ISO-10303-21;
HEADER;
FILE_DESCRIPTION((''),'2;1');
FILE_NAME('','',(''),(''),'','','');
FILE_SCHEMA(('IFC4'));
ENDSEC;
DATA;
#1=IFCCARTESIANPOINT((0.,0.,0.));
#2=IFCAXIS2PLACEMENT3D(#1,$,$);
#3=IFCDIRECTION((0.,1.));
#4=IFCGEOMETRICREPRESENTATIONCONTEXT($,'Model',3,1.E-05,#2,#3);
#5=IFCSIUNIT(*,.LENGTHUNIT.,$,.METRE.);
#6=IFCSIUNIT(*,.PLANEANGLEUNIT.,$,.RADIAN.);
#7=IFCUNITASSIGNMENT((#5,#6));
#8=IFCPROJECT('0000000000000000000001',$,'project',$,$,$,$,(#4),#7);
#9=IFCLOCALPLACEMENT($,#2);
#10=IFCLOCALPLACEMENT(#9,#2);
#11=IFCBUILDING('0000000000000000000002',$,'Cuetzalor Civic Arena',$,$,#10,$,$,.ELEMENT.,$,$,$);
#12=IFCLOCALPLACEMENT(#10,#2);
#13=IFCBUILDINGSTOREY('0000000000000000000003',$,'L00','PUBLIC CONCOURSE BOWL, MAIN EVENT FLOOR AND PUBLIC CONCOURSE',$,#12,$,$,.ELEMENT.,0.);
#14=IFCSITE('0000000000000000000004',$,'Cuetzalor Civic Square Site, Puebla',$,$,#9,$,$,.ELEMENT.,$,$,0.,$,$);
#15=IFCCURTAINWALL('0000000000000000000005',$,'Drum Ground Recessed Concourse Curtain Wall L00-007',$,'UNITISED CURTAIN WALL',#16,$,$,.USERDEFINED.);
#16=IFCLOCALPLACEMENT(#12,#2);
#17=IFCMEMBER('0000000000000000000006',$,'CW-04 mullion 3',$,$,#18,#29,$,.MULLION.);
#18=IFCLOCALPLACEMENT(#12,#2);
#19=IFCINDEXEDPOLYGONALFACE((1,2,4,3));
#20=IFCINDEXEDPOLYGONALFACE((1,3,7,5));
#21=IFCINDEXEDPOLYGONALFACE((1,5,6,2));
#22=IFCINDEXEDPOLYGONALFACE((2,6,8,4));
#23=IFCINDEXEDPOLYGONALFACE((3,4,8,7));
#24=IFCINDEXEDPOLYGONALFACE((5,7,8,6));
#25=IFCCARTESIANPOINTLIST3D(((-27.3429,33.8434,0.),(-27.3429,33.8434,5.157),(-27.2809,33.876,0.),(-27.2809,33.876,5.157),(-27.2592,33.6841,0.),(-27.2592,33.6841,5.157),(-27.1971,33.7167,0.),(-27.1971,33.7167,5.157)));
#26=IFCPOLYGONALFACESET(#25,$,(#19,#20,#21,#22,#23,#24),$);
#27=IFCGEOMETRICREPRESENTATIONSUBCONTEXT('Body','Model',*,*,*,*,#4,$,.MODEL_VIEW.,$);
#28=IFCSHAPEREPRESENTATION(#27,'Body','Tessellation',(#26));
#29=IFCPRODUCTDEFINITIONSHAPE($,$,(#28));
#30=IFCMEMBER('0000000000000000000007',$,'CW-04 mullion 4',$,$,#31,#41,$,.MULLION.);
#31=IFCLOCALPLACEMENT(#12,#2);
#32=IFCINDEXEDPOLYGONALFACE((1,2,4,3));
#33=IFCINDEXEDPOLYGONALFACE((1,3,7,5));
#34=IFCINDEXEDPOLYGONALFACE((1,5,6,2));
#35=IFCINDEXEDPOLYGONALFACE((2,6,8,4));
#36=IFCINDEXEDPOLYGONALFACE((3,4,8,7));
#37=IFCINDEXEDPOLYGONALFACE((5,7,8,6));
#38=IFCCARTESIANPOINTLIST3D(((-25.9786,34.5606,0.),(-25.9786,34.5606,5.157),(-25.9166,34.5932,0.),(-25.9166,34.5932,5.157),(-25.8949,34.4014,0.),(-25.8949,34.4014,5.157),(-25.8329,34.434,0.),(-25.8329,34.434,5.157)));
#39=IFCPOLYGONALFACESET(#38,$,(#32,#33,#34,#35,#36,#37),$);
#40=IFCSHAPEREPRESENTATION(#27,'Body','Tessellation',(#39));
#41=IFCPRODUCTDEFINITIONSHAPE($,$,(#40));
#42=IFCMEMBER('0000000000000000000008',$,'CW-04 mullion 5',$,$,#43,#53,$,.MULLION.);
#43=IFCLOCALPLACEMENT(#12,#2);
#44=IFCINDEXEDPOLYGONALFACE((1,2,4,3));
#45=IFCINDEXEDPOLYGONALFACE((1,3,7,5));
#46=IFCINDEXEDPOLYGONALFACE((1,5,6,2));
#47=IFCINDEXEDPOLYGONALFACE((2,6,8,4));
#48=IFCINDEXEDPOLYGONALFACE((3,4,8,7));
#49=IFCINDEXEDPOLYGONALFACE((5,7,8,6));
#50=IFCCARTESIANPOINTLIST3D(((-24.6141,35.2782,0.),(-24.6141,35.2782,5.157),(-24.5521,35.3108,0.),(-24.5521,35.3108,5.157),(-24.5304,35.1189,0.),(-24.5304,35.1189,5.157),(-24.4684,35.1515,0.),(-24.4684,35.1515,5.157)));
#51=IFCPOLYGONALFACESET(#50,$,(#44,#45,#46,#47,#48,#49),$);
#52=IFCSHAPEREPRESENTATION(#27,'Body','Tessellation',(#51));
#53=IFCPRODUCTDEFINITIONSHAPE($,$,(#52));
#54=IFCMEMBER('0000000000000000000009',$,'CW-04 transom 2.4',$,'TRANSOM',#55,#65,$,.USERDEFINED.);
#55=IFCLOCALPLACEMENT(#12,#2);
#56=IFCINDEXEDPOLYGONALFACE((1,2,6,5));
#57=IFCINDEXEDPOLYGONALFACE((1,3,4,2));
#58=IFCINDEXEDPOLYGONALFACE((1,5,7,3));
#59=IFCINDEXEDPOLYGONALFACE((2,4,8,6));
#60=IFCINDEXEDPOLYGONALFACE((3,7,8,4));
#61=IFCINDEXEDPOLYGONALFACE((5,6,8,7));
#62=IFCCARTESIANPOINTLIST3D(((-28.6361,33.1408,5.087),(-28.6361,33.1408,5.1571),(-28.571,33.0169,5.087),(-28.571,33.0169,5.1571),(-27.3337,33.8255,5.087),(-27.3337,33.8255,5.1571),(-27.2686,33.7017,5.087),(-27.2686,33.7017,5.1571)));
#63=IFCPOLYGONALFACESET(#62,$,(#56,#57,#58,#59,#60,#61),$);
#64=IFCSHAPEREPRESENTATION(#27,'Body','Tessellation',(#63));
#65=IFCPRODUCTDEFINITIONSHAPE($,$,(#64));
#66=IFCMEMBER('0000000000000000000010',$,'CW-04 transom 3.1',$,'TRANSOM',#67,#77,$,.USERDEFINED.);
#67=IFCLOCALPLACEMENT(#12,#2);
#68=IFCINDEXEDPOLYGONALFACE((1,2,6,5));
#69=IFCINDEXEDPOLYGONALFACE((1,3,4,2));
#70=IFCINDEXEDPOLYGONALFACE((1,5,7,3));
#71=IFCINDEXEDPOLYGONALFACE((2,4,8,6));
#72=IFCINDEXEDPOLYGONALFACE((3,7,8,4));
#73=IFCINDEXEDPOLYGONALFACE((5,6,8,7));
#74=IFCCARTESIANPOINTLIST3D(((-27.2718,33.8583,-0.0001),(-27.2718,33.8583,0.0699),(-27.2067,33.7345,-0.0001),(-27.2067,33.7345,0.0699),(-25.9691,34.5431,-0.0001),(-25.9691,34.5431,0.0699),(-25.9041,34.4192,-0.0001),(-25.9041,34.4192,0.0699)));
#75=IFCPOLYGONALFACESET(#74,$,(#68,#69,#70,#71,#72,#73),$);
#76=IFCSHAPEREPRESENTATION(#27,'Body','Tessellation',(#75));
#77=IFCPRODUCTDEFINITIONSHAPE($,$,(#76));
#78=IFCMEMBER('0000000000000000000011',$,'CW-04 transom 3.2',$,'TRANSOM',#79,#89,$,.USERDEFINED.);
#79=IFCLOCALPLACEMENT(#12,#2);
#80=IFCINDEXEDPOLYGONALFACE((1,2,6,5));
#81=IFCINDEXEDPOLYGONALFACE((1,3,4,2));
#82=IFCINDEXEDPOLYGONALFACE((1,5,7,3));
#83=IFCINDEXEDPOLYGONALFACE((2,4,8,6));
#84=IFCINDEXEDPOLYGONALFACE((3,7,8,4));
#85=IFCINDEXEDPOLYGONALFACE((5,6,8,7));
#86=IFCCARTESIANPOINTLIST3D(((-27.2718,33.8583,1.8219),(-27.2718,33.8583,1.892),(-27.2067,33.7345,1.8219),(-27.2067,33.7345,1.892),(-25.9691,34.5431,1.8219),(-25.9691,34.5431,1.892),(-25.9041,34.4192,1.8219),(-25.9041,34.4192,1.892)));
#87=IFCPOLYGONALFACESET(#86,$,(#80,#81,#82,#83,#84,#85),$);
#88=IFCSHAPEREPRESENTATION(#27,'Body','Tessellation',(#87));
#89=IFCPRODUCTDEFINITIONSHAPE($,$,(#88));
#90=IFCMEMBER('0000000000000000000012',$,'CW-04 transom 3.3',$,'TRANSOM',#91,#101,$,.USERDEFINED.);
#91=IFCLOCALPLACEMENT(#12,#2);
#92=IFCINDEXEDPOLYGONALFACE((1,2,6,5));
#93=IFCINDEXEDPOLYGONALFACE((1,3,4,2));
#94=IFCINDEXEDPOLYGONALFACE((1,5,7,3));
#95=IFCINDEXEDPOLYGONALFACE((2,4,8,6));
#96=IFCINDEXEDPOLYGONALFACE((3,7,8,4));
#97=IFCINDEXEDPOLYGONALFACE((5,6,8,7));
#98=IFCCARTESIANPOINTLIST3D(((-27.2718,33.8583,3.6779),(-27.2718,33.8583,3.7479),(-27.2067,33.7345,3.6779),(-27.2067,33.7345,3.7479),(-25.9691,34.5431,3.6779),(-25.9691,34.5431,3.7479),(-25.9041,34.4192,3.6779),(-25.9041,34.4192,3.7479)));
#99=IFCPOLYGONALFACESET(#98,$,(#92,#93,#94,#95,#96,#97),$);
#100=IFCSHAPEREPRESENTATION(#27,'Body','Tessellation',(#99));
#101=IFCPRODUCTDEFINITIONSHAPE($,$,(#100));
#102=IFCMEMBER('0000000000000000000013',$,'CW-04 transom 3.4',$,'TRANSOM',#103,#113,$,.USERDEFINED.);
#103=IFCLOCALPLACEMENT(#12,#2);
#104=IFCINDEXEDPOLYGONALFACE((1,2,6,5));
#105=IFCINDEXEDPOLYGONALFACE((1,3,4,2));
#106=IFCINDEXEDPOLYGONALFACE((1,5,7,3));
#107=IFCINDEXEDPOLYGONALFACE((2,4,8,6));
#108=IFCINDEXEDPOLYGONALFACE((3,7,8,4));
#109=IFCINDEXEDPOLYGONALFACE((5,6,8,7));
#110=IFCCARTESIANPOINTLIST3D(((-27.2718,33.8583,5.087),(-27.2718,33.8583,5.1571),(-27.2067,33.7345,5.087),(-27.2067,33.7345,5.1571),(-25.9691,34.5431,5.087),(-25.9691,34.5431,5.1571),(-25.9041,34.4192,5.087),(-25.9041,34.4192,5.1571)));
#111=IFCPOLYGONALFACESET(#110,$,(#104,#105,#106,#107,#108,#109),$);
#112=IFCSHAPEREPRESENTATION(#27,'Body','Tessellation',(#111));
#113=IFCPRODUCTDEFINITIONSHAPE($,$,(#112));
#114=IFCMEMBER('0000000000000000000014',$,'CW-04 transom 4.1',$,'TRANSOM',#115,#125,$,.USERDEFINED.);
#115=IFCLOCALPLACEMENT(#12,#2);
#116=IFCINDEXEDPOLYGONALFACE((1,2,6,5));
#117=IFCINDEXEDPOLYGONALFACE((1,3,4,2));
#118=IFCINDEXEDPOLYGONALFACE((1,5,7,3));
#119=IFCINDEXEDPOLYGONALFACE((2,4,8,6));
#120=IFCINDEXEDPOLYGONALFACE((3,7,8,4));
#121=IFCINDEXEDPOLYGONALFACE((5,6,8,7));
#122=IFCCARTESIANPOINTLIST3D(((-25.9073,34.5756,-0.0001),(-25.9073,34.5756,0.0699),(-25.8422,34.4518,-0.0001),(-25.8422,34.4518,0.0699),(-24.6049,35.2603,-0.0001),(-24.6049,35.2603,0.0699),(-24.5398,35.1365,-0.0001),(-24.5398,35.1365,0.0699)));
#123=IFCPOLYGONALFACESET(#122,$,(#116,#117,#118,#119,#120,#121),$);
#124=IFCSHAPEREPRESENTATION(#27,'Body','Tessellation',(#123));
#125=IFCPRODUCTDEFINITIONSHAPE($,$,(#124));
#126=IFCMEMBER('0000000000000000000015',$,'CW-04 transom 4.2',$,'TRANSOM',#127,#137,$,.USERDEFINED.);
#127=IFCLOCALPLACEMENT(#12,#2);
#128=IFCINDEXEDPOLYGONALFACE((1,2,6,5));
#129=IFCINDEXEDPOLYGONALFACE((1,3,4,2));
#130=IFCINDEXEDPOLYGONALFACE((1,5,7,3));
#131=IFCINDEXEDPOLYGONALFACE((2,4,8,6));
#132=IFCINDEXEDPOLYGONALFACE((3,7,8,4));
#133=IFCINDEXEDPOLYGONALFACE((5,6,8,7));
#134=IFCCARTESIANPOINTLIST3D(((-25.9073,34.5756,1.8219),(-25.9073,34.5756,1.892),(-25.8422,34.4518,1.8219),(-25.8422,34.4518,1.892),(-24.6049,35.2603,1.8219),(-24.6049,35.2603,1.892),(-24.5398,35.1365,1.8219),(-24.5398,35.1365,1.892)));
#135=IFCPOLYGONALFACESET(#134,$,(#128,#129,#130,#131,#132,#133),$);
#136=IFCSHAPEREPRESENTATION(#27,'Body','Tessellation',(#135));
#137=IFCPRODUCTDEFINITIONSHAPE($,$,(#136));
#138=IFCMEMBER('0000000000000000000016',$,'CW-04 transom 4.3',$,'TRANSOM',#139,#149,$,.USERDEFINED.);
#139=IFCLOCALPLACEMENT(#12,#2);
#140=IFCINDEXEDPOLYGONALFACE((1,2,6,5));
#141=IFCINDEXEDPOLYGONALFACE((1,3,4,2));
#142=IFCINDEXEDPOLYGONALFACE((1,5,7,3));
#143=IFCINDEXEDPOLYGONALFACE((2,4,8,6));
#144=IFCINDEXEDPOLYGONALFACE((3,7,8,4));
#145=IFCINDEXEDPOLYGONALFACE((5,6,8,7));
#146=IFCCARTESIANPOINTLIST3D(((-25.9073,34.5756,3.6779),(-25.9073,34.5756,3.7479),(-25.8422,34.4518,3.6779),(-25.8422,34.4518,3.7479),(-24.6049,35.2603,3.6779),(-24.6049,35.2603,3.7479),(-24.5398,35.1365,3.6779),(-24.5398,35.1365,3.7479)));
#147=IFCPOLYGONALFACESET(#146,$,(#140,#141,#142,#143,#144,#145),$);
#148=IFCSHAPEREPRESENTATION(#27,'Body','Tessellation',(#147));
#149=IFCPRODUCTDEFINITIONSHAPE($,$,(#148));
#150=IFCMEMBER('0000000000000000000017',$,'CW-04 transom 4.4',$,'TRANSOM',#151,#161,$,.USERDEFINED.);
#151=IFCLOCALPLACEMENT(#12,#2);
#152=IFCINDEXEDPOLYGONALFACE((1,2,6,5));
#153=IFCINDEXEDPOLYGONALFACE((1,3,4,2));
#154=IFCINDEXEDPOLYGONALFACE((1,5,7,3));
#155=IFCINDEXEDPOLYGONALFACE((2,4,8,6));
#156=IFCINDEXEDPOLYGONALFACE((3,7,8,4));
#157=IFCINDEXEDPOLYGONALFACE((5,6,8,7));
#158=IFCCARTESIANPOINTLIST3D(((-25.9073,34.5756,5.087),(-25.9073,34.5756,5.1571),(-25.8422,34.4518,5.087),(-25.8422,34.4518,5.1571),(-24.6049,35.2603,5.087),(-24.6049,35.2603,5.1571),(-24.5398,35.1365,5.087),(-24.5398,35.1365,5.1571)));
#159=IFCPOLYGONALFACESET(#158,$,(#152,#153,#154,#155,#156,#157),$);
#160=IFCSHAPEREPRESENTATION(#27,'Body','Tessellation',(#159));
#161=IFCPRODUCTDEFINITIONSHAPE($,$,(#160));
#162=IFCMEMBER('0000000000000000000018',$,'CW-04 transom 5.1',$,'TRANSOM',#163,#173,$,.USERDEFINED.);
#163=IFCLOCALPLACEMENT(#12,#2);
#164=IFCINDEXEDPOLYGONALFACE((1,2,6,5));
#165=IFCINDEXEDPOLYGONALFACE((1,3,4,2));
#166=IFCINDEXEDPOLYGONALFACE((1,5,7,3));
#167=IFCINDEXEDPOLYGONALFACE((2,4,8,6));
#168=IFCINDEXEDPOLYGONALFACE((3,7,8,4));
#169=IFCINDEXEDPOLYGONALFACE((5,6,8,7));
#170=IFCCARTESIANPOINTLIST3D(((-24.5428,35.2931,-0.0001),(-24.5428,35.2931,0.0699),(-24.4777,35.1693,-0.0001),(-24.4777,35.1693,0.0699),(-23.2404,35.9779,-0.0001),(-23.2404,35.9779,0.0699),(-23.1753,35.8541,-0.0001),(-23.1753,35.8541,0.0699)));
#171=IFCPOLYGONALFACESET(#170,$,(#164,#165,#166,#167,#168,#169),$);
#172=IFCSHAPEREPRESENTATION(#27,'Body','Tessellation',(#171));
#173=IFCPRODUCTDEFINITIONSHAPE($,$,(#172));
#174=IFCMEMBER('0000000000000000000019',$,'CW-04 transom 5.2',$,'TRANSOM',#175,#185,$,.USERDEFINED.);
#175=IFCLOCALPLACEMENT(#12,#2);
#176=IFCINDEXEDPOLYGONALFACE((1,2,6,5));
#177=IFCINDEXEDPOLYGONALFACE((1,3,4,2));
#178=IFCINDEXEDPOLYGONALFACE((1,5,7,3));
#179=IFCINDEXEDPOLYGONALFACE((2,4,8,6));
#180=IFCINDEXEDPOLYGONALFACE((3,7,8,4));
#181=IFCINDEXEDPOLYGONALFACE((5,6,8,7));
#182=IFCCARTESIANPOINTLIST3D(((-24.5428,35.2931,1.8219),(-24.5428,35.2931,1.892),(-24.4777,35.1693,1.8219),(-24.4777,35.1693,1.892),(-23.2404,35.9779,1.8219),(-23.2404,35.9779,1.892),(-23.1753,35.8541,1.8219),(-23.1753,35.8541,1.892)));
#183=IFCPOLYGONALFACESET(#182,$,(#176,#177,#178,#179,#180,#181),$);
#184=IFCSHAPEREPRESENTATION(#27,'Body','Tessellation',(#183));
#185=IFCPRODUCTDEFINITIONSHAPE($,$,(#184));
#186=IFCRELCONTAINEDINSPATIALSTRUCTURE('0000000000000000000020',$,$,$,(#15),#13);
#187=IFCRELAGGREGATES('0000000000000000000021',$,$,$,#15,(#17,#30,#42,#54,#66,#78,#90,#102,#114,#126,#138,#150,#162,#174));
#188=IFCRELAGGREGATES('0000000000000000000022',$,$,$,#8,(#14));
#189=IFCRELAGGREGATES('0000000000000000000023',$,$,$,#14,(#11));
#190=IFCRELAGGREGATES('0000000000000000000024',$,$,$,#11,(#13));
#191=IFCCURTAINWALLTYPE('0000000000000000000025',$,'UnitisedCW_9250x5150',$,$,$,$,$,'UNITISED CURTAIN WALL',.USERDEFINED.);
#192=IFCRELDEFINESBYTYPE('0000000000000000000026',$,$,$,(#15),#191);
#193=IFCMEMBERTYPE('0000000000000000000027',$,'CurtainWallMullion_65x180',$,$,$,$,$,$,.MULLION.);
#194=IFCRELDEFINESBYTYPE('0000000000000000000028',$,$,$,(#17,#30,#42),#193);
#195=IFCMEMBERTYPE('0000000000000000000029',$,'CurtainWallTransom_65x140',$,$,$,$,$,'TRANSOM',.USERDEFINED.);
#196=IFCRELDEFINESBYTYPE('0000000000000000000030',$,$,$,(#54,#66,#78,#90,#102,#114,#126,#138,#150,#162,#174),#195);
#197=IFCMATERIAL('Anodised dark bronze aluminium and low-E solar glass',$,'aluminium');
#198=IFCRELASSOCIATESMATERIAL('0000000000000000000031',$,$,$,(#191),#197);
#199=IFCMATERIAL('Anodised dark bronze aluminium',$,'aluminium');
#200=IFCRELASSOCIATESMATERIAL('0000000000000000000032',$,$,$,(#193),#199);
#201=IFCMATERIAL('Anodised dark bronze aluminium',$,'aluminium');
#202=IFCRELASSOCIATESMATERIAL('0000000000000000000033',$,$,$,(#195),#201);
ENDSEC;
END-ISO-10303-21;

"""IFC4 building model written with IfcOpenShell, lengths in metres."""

from ifc_helpers import new_model, si_unit, direction, frame, origin, origin_2d, place, context, subcontext, project, spatial, rectangle, extrude, material, material_profile, profile_set, type_object, element, aggregate, save


model = new_model("IFC4")

# Units and contexts
model_context = context("Model", 3, precision=1e-05, world=origin(), true_north=direction((0.0, 1.0)))
body_context = subcontext(model_context, "Body", "Model", "MODEL_VIEW")
ifc_project = project(units=[si_unit("LENGTHUNIT", "METRE"), si_unit("PLANEANGLEUNIT", "RADIAN")], contexts=[model_context])

# Site, building, storey
site_placement = place(None, origin())
site = spatial("IfcSite", under=ifc_project, at=site_placement, Name="Cuetzalor Civic Square Site, Puebla", CompositionType="ELEMENT", RefElevation=0.0)
building_placement = place(site_placement, origin())
building = spatial("IfcBuilding", under=site, at=building_placement, Name="Cuetzalor Civic Arena", CompositionType="ELEMENT")
storey_placement = place(building_placement, origin())
storey = spatial("IfcBuildingStorey", under=building, at=storey_placement, Name="L00", Description="PUBLIC CONCOURSE BOWL, MAIN EVENT FLOOR AND PUBLIC CONCOURSE", CompositionType="ELEMENT", Elevation=0.0)

# Curtain wall, members
ifc_material_1 = material(Name="Anodised dark bronze aluminium and low-E solar glass", Category="aluminium")
curtain_wall_type = type_object("IfcCurtainWallType", Name="UnitisedCW_9250x5150", ElementType="UNITISED CURTAIN WALL", PredefinedType="USERDEFINED", material=ifc_material_1)
curtain_wall_placement = place(storey_placement, origin())
curtain_wall = element("IfcCurtainWall", 1, at=curtain_wall_placement, inside=storey, type_object=curtain_wall_type, Name="Drum Ground Recessed Concourse Curtain Wall L00-007", ObjectType="UNITISED CURTAIN WALL", PredefinedType="USERDEFINED")
ifc_material_2 = material(Name="Anodised dark bronze aluminium", Category="aluminium")
ifc_material_profile_1 = material_profile(ifc_material_2, rectangle(XDim=0.0701, YDim=0.1799, at=origin_2d()), Name="ALU MULLION 70x180")
ifc_profile_set_1 = profile_set([ifc_material_profile_1], Name="Anodised dark bronze aluminium")
member_type_1 = type_object("IfcMemberType", Name="CurtainWallMullion_65x180", PredefinedType="MULLION", material=ifc_profile_set_1)
member_1_placement = place(storey_placement, frame((-27.27, 33.78, 0.0), z_axis=(0.0, 0.0, 1.0), x_axis=(0.885118, 0.465366, 0.0)))
member_1 = element("IfcMember", 2, at=member_1_placement, type_object=member_type_1, Name="CW-04 mullion 3", PredefinedType="MULLION", context=body_context, shape_type="SweptSolid", body=[
    extrude(rectangle(XDim=0.0701, YDim=0.1799, at=origin_2d()), origin(), (0.0, 0.0, 1.0), 5.157),
])
member_2_placement = place(storey_placement, frame((-25.9058, 34.4973, 0.0), z_axis=(0.0, 0.0, 1.0), x_axis=(0.885118, 0.465366, 0.0)))
member_2 = element("IfcMember", 3, at=member_2_placement, type_object=member_type_1, Name="CW-04 mullion 4", PredefinedType="MULLION", context=body_context, shape_type="SweptSolid", body=[
    extrude(rectangle(XDim=0.0701, YDim=0.1799, at=origin_2d()), origin(), (0.0, 0.0, 1.0), 5.157),
])
member_3_placement = place(storey_placement, frame((-24.5413, 35.2148, 0.0), z_axis=(0.0, 0.0, 1.0), x_axis=(0.885118, 0.465366, 0.0)))
member_3 = element("IfcMember", 4, at=member_3_placement, type_object=member_type_1, Name="CW-04 mullion 5", PredefinedType="MULLION", context=body_context, shape_type="SweptSolid", body=[
    extrude(rectangle(XDim=0.0701, YDim=0.1799, at=origin_2d()), origin(), (0.0, 0.0, 1.0), 5.157),
])
ifc_material_3 = material(Name="Anodised dark bronze aluminium", Category="aluminium")
ifc_material_profile_2 = material_profile(ifc_material_3, rectangle(XDim=0.1399, YDim=0.0701, at=origin_2d()), Name="ALU TRANSOM 70x140")
ifc_profile_set_2 = profile_set([ifc_material_profile_2], Name="Anodised dark bronze aluminium")
member_type_2 = type_object("IfcMemberType", Name="CurtainWallTransom_65x140", ElementType="TRANSOM", PredefinedType="USERDEFINED", material=ifc_profile_set_2)
member_4_placement = place(storey_placement, frame((-28.6035, 33.0789, 5.1221), z_axis=(0.885116, 0.46537, 0.0), x_axis=(-0.46537, 0.885116, 0.0)))
member_4 = element("IfcMember", 5, at=member_4_placement, type_object=member_type_2, Name="CW-04 transom 2.4", ObjectType="TRANSOM", PredefinedType="USERDEFINED", context=body_context, shape_type="SweptSolid", body=[
    extrude(rectangle(XDim=0.1399, YDim=0.0701, at=origin_2d()), origin(), (0.0, 0.0, 1.0), 1.4714),
])
member_5_placement = place(storey_placement, frame((-27.2393, 33.7964, 0.0349), z_axis=(0.885152, 0.465302, 0.0), x_axis=(-0.465302, 0.885152, 0.0)))
member_5 = element("IfcMember", 6, at=member_5_placement, type_object=member_type_2, Name="CW-04 transom 3.1", ObjectType="TRANSOM", PredefinedType="USERDEFINED", context=body_context, shape_type="SweptSolid", body=[
    extrude(rectangle(XDim=0.1399, YDim=0.0701, at=origin_2d()), origin(), (0.0, 0.0, 1.0), 1.4717),
])
member_6_placement = place(storey_placement, frame((-27.2393, 33.7964, 1.8569), z_axis=(0.885152, 0.465302, 0.0), x_axis=(-0.465302, 0.885152, 0.0)))
member_6 = element("IfcMember", 7, at=member_6_placement, type_object=member_type_2, Name="CW-04 transom 3.2", ObjectType="TRANSOM", PredefinedType="USERDEFINED", context=body_context, shape_type="SweptSolid", body=[
    extrude(rectangle(XDim=0.1399, YDim=0.0701, at=origin_2d()), origin(), (0.0, 0.0, 1.0), 1.4717),
])
member_7_placement = place(storey_placement, frame((-27.2393, 33.7964, 3.7129), z_axis=(0.885152, 0.465302, 0.0), x_axis=(-0.465302, 0.885152, 0.0)))
member_7 = element("IfcMember", 8, at=member_7_placement, type_object=member_type_2, Name="CW-04 transom 3.3", ObjectType="TRANSOM", PredefinedType="USERDEFINED", context=body_context, shape_type="SweptSolid", body=[
    extrude(rectangle(XDim=0.1399, YDim=0.0701, at=origin_2d()), origin(), (0.0, 0.0, 1.0), 1.4717),
])
member_8_placement = place(storey_placement, frame((-27.2393, 33.7964, 5.1221), z_axis=(0.885152, 0.465302, 0.0), x_axis=(-0.465302, 0.885152, 0.0)))
member_8 = element("IfcMember", 9, at=member_8_placement, type_object=member_type_2, Name="CW-04 transom 3.4", ObjectType="TRANSOM", PredefinedType="USERDEFINED", context=body_context, shape_type="SweptSolid", body=[
    extrude(rectangle(XDim=0.1399, YDim=0.0701, at=origin_2d()), origin(), (0.0, 0.0, 1.0), 1.4717),
])
member_9_placement = place(storey_placement, frame((-25.8748, 34.5137, 0.0349), z_axis=(0.885116, 0.46537, 0.0), x_axis=(-0.46537, 0.885116, 0.0)))
member_9 = element("IfcMember", 10, at=member_9_placement, type_object=member_type_2, Name="CW-04 transom 4.1", ObjectType="TRANSOM", PredefinedType="USERDEFINED", context=body_context, shape_type="SweptSolid", body=[
    extrude(rectangle(XDim=0.1399, YDim=0.0701, at=origin_2d()), origin(), (0.0, 0.0, 1.0), 1.4714),
])
member_10_placement = place(storey_placement, frame((-25.8748, 34.5137, 1.8569), z_axis=(0.885116, 0.46537, 0.0), x_axis=(-0.46537, 0.885116, 0.0)))
member_10 = element("IfcMember", 11, at=member_10_placement, type_object=member_type_2, Name="CW-04 transom 4.2", ObjectType="TRANSOM", PredefinedType="USERDEFINED", context=body_context, shape_type="SweptSolid", body=[
    extrude(rectangle(XDim=0.1399, YDim=0.0701, at=origin_2d()), origin(), (0.0, 0.0, 1.0), 1.4714),
])
member_11_placement = place(storey_placement, frame((-25.8748, 34.5137, 3.7129), z_axis=(0.885116, 0.46537, 0.0), x_axis=(-0.46537, 0.885116, 0.0)))
member_11 = element("IfcMember", 12, at=member_11_placement, type_object=member_type_2, Name="CW-04 transom 4.3", ObjectType="TRANSOM", PredefinedType="USERDEFINED", context=body_context, shape_type="SweptSolid", body=[
    extrude(rectangle(XDim=0.1399, YDim=0.0701, at=origin_2d()), origin(), (0.0, 0.0, 1.0), 1.4714),
])
member_12_placement = place(storey_placement, frame((-25.8748, 34.5137, 5.1221), z_axis=(0.885116, 0.46537, 0.0), x_axis=(-0.46537, 0.885116, 0.0)))
member_12 = element("IfcMember", 13, at=member_12_placement, type_object=member_type_2, Name="CW-04 transom 4.4", ObjectType="TRANSOM", PredefinedType="USERDEFINED", context=body_context, shape_type="SweptSolid", body=[
    extrude(rectangle(XDim=0.1399, YDim=0.0701, at=origin_2d()), origin(), (0.0, 0.0, 1.0), 1.4714),
])
member_13_placement = place(storey_placement, frame((-24.5103, 35.2312, 0.0349), z_axis=(0.885116, 0.46537, 0.0), x_axis=(-0.46537, 0.885116, 0.0)))
member_13 = element("IfcMember", 14, at=member_13_placement, type_object=member_type_2, Name="CW-04 transom 5.1", ObjectType="TRANSOM", PredefinedType="USERDEFINED", context=body_context, shape_type="SweptSolid", body=[
    extrude(rectangle(XDim=0.1399, YDim=0.0701, at=origin_2d()), origin(), (0.0, 0.0, 1.0), 1.4714),
])
member_14_placement = place(storey_placement, frame((-24.5103, 35.2312, 1.8569), z_axis=(0.885116, 0.46537, 0.0), x_axis=(-0.46537, 0.885116, 0.0)))
member_14 = element("IfcMember", 15, at=member_14_placement, type_object=member_type_2, Name="CW-04 transom 5.2", ObjectType="TRANSOM", PredefinedType="USERDEFINED", context=body_context, shape_type="SweptSolid", body=[
    extrude(rectangle(XDim=0.1399, YDim=0.0701, at=origin_2d()), origin(), (0.0, 0.0, 1.0), 1.4714),
])

aggregate(curtain_wall, [member_1, member_2, member_3, member_4, member_5, member_6, member_7, member_8, member_9, member_10, member_11, member_12, member_13, member_14])

save(model, "model.ifc")
